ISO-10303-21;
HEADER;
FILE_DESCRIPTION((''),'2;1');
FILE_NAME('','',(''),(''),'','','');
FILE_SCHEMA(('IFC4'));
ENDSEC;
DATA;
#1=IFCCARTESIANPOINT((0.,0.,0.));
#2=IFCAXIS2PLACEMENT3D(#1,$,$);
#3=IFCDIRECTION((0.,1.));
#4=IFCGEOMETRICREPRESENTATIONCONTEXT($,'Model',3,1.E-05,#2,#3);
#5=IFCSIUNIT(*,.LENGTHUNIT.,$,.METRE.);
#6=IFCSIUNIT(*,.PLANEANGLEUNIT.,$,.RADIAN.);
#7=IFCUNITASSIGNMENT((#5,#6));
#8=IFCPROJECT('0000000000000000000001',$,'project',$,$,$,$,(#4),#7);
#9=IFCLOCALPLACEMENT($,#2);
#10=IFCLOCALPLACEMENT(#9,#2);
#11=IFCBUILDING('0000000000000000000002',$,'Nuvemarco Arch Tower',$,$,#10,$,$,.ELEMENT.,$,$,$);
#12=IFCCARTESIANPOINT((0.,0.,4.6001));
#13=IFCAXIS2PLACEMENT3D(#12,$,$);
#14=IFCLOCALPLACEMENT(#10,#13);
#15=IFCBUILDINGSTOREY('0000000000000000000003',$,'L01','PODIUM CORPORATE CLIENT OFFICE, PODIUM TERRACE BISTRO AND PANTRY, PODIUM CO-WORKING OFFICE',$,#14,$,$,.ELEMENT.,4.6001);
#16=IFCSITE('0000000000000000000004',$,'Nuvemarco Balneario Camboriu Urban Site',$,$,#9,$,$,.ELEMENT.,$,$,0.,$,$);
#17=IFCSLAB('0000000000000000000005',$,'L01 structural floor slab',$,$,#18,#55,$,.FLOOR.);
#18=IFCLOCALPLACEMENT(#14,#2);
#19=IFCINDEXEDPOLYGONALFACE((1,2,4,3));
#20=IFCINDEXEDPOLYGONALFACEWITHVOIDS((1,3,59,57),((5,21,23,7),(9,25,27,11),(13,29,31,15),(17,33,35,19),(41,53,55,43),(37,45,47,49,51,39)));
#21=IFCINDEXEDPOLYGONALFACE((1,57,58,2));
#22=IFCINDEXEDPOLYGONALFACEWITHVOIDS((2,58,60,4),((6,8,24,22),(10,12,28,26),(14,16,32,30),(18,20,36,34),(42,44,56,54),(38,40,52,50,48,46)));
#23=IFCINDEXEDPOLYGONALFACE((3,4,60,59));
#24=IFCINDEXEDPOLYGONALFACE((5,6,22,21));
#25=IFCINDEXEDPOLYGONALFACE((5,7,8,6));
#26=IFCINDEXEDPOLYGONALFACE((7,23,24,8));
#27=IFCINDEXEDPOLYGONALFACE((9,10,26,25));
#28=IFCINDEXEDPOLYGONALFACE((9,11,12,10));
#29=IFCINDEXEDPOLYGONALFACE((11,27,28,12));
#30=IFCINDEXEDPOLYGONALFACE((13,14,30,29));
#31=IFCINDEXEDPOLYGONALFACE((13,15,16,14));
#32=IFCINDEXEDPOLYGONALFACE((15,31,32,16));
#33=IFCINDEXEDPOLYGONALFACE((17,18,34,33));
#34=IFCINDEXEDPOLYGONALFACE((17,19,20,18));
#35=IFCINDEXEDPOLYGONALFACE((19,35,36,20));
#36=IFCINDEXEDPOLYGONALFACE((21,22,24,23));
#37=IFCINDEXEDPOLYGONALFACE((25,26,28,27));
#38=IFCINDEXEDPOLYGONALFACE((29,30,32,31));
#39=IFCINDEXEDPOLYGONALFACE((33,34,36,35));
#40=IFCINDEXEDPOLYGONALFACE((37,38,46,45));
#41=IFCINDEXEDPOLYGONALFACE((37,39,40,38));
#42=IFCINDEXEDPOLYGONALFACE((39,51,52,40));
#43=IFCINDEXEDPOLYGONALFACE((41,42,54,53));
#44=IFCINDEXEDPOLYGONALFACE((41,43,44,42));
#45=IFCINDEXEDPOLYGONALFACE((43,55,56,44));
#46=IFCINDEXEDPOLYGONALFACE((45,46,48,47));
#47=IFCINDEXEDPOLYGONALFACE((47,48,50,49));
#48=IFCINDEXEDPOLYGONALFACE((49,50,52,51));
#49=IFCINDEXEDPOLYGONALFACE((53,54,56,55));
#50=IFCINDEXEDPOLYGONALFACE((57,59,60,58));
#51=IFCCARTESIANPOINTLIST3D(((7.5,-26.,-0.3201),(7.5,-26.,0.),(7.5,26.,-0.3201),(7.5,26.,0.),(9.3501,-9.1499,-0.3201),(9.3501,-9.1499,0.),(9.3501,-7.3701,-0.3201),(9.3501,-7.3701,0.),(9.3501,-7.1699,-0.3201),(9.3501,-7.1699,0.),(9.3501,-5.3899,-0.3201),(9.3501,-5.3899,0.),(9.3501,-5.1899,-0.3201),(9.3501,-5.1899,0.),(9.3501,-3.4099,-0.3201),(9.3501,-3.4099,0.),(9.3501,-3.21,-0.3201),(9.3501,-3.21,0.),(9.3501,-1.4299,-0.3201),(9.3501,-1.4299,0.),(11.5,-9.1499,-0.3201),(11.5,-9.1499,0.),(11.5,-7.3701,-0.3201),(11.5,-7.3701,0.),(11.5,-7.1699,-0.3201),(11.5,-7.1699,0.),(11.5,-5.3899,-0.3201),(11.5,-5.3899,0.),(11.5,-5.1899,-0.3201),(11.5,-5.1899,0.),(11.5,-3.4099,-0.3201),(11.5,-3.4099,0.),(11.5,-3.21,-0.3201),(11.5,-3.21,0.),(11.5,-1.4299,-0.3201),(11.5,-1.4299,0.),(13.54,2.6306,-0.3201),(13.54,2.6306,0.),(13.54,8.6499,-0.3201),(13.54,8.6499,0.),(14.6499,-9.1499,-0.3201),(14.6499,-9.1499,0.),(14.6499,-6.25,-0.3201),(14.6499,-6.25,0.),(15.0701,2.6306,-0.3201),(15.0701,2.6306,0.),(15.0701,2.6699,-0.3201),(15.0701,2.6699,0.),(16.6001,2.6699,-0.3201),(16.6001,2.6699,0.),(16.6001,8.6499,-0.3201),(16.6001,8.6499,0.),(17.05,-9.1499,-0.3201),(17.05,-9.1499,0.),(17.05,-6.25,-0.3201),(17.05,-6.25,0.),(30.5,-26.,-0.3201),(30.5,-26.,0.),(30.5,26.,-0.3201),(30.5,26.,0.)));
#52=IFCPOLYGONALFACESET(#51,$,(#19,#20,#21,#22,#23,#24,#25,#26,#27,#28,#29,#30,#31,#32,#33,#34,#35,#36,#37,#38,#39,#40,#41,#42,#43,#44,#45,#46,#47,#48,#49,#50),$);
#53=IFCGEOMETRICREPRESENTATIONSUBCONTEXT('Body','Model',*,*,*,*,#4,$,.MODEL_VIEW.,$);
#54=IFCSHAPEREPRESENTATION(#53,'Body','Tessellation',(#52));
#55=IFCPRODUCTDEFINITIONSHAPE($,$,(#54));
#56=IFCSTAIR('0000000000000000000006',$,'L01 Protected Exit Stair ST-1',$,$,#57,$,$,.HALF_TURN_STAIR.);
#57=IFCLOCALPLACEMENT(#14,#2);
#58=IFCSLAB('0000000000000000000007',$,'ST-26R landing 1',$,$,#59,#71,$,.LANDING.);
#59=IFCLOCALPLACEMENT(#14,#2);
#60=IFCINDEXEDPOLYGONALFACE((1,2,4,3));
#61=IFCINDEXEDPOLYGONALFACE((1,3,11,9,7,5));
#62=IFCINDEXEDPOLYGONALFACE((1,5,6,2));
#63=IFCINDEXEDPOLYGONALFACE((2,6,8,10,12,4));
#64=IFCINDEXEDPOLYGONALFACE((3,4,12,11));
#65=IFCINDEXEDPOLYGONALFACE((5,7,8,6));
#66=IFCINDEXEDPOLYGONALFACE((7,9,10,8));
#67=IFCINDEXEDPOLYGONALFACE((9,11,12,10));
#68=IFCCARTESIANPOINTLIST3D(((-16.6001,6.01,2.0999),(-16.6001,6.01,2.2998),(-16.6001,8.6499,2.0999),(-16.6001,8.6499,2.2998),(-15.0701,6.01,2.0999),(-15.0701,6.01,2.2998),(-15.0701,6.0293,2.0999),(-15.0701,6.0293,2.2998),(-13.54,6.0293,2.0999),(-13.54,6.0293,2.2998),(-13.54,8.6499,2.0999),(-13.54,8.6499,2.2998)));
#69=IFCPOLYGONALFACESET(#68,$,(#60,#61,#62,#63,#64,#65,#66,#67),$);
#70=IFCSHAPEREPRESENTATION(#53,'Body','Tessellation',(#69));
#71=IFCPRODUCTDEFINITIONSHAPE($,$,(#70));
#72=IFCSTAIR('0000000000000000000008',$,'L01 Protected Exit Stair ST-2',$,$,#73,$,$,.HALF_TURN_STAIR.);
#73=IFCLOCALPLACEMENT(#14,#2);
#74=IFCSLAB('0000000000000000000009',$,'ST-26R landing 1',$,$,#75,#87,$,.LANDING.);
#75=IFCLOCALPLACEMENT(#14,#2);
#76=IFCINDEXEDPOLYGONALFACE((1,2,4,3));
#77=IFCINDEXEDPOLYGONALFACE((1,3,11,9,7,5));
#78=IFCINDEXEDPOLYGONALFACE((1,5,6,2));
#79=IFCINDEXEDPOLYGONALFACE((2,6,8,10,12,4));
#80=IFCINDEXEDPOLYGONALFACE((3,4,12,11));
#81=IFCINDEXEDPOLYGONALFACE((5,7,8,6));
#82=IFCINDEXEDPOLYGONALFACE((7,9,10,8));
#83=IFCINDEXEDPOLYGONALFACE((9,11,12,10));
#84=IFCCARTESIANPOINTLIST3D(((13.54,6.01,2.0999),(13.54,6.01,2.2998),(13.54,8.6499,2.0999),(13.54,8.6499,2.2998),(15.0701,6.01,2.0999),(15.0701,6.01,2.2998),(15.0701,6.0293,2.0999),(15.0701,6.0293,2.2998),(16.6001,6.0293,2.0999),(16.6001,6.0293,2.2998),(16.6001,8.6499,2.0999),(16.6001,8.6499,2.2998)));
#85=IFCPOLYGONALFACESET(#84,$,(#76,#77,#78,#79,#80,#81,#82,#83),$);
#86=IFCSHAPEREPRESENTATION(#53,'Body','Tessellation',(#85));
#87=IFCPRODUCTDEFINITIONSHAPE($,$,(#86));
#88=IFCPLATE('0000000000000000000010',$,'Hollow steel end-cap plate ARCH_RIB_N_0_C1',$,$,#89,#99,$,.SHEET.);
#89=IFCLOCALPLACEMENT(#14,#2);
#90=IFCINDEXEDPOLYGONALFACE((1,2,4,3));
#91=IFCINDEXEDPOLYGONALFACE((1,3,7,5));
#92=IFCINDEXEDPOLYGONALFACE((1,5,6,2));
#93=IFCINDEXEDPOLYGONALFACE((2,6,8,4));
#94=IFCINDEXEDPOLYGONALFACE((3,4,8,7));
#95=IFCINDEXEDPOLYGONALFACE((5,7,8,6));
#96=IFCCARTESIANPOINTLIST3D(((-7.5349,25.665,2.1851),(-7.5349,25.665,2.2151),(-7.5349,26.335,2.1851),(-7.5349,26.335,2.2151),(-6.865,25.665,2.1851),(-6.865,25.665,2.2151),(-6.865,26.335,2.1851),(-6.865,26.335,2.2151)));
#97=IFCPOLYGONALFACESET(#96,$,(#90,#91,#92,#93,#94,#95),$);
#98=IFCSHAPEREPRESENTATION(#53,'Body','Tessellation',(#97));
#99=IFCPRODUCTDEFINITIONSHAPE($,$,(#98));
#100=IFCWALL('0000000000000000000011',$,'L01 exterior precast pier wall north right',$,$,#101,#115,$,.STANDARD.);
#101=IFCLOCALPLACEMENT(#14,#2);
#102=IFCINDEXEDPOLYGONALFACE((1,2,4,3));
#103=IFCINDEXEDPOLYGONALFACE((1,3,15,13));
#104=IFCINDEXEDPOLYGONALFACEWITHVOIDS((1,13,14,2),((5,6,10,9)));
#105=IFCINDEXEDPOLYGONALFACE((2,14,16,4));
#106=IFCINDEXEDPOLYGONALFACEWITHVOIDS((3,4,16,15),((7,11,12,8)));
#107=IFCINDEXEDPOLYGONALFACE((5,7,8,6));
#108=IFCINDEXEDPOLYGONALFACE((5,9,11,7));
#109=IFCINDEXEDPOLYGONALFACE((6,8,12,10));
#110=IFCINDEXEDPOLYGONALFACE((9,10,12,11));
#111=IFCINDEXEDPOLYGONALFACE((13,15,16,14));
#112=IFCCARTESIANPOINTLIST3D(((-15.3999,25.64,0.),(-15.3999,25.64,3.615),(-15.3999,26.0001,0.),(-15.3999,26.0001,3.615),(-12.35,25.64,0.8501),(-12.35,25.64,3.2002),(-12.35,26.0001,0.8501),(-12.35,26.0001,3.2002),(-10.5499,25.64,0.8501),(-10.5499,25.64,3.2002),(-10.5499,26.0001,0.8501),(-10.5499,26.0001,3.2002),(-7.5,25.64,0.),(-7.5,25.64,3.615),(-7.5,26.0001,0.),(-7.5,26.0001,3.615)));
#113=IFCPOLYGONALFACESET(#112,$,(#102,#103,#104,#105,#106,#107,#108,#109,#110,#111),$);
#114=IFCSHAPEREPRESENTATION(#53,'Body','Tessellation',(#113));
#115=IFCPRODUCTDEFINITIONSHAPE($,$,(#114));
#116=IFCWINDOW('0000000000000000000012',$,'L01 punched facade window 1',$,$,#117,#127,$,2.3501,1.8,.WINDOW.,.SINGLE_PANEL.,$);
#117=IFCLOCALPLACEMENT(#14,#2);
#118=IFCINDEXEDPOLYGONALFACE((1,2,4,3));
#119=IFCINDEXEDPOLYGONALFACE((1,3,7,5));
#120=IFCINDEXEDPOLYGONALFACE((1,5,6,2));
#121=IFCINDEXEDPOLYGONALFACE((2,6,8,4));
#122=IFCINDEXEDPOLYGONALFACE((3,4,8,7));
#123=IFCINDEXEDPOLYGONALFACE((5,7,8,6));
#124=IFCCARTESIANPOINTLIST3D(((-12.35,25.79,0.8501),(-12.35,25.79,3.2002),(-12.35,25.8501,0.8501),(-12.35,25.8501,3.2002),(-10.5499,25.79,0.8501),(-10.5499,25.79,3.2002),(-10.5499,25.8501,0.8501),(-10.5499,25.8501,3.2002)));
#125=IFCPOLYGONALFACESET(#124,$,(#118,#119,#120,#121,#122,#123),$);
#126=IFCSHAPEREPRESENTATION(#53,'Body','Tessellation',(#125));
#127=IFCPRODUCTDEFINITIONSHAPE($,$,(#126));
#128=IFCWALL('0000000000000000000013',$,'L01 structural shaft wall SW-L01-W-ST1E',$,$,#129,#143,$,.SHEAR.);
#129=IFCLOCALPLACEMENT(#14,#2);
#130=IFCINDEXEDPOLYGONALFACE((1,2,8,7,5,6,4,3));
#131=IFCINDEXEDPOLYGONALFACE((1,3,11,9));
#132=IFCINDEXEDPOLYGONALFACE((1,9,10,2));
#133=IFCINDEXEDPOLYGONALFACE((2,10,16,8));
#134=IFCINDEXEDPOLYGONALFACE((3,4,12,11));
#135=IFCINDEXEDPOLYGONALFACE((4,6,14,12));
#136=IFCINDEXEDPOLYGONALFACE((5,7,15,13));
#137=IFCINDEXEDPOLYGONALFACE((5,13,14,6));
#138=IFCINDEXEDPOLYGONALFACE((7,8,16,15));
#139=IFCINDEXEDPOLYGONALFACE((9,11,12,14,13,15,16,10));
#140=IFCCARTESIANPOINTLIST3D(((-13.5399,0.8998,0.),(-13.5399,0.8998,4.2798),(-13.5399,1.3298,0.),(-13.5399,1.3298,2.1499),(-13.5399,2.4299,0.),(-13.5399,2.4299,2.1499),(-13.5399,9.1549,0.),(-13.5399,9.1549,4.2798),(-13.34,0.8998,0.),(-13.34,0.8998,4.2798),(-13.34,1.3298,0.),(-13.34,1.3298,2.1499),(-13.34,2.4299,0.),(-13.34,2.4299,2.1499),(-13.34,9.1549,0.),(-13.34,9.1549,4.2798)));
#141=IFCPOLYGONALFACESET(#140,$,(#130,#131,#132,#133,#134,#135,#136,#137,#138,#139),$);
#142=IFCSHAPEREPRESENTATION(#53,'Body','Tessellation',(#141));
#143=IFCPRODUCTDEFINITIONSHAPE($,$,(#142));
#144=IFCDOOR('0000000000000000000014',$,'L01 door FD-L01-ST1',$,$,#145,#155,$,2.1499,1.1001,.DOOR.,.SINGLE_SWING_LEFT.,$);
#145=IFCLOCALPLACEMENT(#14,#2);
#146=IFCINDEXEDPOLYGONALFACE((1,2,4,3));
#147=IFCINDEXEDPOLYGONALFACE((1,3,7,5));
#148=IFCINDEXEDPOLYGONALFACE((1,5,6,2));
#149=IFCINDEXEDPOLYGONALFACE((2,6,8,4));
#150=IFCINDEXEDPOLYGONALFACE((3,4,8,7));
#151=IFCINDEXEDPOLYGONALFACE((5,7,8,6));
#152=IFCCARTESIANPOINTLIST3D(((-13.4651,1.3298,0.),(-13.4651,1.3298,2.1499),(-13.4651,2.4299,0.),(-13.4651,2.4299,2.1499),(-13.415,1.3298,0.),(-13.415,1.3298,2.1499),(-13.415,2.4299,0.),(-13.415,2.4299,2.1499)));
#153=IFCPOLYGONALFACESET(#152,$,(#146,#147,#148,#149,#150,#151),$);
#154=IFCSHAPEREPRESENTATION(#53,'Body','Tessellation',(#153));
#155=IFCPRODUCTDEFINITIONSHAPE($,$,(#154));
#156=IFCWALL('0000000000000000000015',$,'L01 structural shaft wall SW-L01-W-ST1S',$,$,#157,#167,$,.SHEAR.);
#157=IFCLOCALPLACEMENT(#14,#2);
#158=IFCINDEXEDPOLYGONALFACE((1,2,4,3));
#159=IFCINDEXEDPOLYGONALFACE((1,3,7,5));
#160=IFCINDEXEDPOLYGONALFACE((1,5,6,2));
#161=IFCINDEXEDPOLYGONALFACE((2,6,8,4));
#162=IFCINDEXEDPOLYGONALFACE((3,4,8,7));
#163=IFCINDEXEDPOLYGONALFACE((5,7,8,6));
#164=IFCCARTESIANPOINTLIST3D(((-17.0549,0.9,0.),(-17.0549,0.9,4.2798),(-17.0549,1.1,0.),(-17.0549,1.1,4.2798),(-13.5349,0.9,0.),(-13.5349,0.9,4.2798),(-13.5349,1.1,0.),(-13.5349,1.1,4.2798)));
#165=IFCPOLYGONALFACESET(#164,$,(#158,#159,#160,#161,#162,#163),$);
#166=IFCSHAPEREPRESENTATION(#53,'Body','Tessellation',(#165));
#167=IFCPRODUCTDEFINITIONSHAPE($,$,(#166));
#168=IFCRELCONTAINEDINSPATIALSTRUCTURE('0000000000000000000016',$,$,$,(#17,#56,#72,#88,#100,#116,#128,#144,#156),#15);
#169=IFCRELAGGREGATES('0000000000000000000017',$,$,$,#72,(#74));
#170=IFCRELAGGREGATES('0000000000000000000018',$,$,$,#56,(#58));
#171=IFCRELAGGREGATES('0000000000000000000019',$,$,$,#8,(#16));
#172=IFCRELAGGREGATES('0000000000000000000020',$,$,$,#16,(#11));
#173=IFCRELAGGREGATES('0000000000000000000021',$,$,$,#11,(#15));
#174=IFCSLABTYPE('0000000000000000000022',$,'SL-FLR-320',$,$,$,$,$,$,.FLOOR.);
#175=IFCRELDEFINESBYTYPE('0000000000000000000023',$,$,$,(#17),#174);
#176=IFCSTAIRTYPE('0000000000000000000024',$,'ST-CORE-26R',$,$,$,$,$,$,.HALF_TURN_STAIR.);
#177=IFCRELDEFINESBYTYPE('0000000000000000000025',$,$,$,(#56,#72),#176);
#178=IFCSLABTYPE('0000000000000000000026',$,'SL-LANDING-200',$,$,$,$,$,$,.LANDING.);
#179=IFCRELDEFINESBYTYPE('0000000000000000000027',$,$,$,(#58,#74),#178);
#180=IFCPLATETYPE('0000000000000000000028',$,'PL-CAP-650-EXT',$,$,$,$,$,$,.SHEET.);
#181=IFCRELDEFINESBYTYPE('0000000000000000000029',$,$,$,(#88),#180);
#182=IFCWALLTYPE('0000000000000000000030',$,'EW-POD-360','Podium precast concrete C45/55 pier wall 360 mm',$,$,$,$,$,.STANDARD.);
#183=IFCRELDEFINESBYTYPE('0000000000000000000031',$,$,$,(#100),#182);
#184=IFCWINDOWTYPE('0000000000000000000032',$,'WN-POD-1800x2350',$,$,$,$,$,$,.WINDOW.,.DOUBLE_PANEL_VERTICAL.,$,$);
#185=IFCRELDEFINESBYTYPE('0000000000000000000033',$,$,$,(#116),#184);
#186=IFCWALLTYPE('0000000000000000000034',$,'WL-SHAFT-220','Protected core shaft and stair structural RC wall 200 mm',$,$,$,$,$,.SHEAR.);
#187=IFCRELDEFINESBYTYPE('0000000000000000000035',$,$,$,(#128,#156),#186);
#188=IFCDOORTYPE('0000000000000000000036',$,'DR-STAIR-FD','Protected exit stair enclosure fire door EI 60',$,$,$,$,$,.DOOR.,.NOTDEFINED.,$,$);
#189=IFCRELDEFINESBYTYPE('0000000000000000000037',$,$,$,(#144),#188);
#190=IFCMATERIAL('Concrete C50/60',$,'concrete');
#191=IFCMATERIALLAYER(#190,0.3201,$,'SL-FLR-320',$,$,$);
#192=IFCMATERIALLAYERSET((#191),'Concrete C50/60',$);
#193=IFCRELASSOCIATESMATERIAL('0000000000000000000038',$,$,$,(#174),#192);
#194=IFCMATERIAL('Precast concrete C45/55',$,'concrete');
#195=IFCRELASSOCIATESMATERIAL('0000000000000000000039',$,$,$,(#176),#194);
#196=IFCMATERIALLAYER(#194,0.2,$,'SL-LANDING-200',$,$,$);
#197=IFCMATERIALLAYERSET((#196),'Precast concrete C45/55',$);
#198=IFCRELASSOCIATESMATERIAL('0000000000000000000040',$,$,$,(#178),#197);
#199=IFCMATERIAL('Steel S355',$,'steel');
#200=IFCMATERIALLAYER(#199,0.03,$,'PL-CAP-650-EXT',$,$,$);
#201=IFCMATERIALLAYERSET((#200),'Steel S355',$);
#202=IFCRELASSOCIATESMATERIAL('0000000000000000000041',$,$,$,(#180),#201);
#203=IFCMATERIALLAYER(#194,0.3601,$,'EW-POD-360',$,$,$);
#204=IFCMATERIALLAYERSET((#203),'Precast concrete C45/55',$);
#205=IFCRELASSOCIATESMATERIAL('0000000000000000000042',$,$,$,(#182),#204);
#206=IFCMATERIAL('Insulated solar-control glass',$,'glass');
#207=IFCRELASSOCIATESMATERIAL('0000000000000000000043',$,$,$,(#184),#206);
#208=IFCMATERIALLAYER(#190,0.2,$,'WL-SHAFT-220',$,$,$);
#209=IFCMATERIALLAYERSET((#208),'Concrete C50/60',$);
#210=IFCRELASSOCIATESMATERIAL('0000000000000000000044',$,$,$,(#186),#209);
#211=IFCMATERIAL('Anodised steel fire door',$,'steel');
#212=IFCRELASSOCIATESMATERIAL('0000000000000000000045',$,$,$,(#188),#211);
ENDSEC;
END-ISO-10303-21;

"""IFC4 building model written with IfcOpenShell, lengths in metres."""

from ifc_helpers import new_model, si_unit, direction, frame, frame_2d, origin, origin_2d, place, context, subcontext, project, spatial, polyline, rectangle, outline, extrude, source, transform, mapped, material, layer, layer_set, type_object, type_shapes, element, fill, aggregate, save


model = new_model("IFC4")

# Units and contexts
model_context = context("Model", 3, precision=1e-05, world=origin(), true_north=direction((0.0, 1.0)))
body_context = subcontext(model_context, "Body", "Model", "MODEL_VIEW")
ifc_project = project(units=[si_unit("LENGTHUNIT", "METRE"), si_unit("PLANEANGLEUNIT", "RADIAN")], contexts=[model_context])

# Site, building, storey
site_placement = place(None, origin())
site = spatial("IfcSite", under=ifc_project, at=site_placement, Name="Nuvemarco Balneario Camboriu Urban Site", CompositionType="ELEMENT", RefElevation=0.0)
building_placement = place(site_placement, origin())
building = spatial("IfcBuilding", under=site, at=building_placement, Name="Nuvemarco Arch Tower", CompositionType="ELEMENT")
storey_placement = place(building_placement, frame((0.0, 0.0, 4.6001)))
storey = spatial("IfcBuildingStorey", under=building, at=storey_placement, Name="L01", Description="PODIUM CORPORATE CLIENT OFFICE, PODIUM TERRACE BISTRO AND PANTRY, PODIUM CO-WORKING OFFICE", CompositionType="ELEMENT", Elevation=4.6001)

# Shared definitions
ifc_material_1 = material(Name="Steel S355", Category="steel")

# Slab
ifc_material_2 = material(Name="Concrete C50/60", Category="concrete")
ifc_layer_1 = layer(ifc_material_2, 0.3201, Name="SL-FLR-320")
ifc_layer_set_1 = layer_set([ifc_layer_1], Name="Concrete C50/60")
slab_type_1 = type_object("IfcSlabType", Name="SL-FLR-320", PredefinedType="FLOOR", material=ifc_layer_set_1)
slab_1_placement = place(storey_placement, frame((0.0, 0.0, -0.3201)))
element("IfcSlab", 1, at=slab_1_placement, inside=storey, type_object=slab_type_1, Name="L01 structural floor slab", PredefinedType="FLOOR", context=body_context, shape_type="SweptSolid", body=[
    extrude(outline(polyline([(7.5, -26.0), (30.5, -26.0), (30.5, 26.0), (7.5, 26.0), (7.5, -26.0)]), holes=[polyline([(16.6001, 2.6699), (16.6001, 8.6499), (13.54, 8.6499), (13.54, 2.6306), (15.0701, 2.6306), (15.0701, 2.6699), (16.6001, 2.6699)]), polyline([(14.6499, -9.1499), (17.05, -9.1499), (17.05, -6.25), (14.6499, -6.25), (14.6499, -9.1499)]), polyline([(9.3501, -9.1499), (11.5, -9.1499), (11.5, -7.3701), (9.3501, -7.3701), (9.3501, -9.1499)]), polyline([(9.3501, -7.1699), (11.5, -7.1699), (11.5, -5.3899), (9.3501, -5.3899), (9.3501, -7.1699)]), polyline([(9.3501, -5.1899), (11.5, -5.1899), (11.5, -3.4099), (9.3501, -3.4099), (9.3501, -5.1899)]), polyline([(9.3501, -3.21), (11.5, -3.21), (11.5, -1.4299), (9.3501, -1.4299), (9.3501, -3.21)])]), origin(), (0.0, 0.0, 1.0), 0.3201),
])

# Stairs, slabs
ifc_material_3 = material(Name="Precast concrete C45/55", Category="concrete")
stair_type = type_object("IfcStairType", Name="ST-CORE-26R", PredefinedType="HALF_TURN_STAIR", material=ifc_material_3)
stair_1_placement = place(storey_placement, origin())
stair_1 = element("IfcStair", 2, at=stair_1_placement, inside=storey, type_object=stair_type, Name="L01 Protected Exit Stair ST-1", PredefinedType="HALF_TURN_STAIR")
ifc_layer_2 = layer(ifc_material_3, 0.2, Name="SL-LANDING-200")
ifc_layer_set_2 = layer_set([ifc_layer_2], Name="Precast concrete C45/55")
slab_type_2 = type_object("IfcSlabType", Name="SL-LANDING-200", PredefinedType="LANDING", material=ifc_layer_set_2)
slab_2_placement = place(storey_placement, frame((0.0, 0.0, 2.0999)))
slab_2 = element("IfcSlab", 3, at=slab_2_placement, type_object=slab_type_2, Name="ST-26R landing 1", PredefinedType="LANDING", context=body_context, shape_type="SweptSolid", body=[
    extrude(outline(polyline([(-13.54, 6.0293), (-13.54, 8.6499), (-16.6001, 8.6499), (-16.6001, 6.01), (-15.0701, 6.01), (-15.0701, 6.0293), (-13.54, 6.0293)])), origin(), (0.0, 0.0, 1.0), 0.2),
])
stair_2_placement = place(storey_placement, origin())
stair_2 = element("IfcStair", 4, at=stair_2_placement, inside=storey, type_object=stair_type, Name="L01 Protected Exit Stair ST-2", PredefinedType="HALF_TURN_STAIR")
slab_3_placement = place(storey_placement, frame((0.0, 0.0, 2.0999)))
slab_3 = element("IfcSlab", 5, at=slab_3_placement, type_object=slab_type_2, Name="ST-26R landing 1", PredefinedType="LANDING", context=body_context, shape_type="SweptSolid", body=[
    extrude(outline(polyline([(16.6001, 6.0293), (16.6001, 8.6499), (13.54, 8.6499), (13.54, 6.01), (15.0701, 6.01), (15.0701, 6.0293), (16.6001, 6.0293)])), origin(), (0.0, 0.0, 1.0), 0.2),
])
aggregate(stair_2, [slab_3])

# Plate
ifc_layer_3 = layer(ifc_material_1, 0.03, Name="PL-CAP-650-EXT")
ifc_layer_set_3 = layer_set([ifc_layer_3], Name="Steel S355")
plate_type = type_object("IfcPlateType", Name="PL-CAP-650-EXT", PredefinedType="SHEET", material=ifc_layer_set_3)
shared_shape_1 = source(origin(), body_context, "Body", "SweptSolid", [
    extrude(rectangle(XDim=0.6699, YDim=0.6699, at=origin_2d()), origin(), (0.0, 0.0, 1.0), 0.03),
])
type_shapes(plate_type, [shared_shape_1])
plate_placement = place(storey_placement, frame((-7.2, 26.0, 2.1851), z_axis=(0.0, 0.0, 1.0), x_axis=(1.0, 0.0, 0.0)))
element("IfcPlate", 6, at=plate_placement, inside=storey, type_object=plate_type, Name="Hollow steel end-cap plate ARCH_RIB_N_0_C1", PredefinedType="SHEET", context=body_context, shape_type="MappedRepresentation", body=[
    mapped(shared_shape_1, transform((0.0, 0.0, 0.0), scale=1.0)),
])

# Wall, opening, window
ifc_layer_4 = layer(ifc_material_3, 0.3601, Name="EW-POD-360")
ifc_layer_set_4 = layer_set([ifc_layer_4], Name="Precast concrete C45/55")
wall_type_1 = type_object("IfcWallType", Name="EW-POD-360", Description="Podium precast concrete C45/55 pier wall 360 mm", PredefinedType="STANDARD", material=ifc_layer_set_4)
wall_1_placement = place(storey_placement, frame((-15.3999, 25.8201, 0.0), z_axis=(0.0, 0.0, 1.0), x_axis=(1.0, 0.0, 0.0)))
wall_1 = element("IfcWall", 7, at=wall_1_placement, inside=storey, type_object=wall_type_1, Name="L01 exterior precast pier wall north right", PredefinedType="STANDARD", context=body_context, shape_type="SweptSolid", body=[
    extrude(rectangle(XDim=7.8999, YDim=0.3601, at=frame_2d((3.95, 0.0))), origin(), (0.0, 0.0, 1.0), 3.615),
])
opening_1_placement = place(wall_1_placement, frame((3.05, 0.0, 0.8501)))
opening_1 = element("IfcOpeningElement", 8, at=opening_1_placement, cuts=wall_1, PredefinedType="OPENING", context=body_context, shape_type="SweptSolid", body=[
    extrude(rectangle(XDim=1.8, YDim=2.3501, at=frame_2d((0.8999, 1.175))), frame((0.0, 0.1899, 0.0), z_axis=(0.0, -1.0, 0.0), x_axis=(1.0, 0.0, 0.0)), (0.0, 0.0, 1.0), 0.3801),
])
ifc_material_4 = material(Name="Insulated solar-control glass", Category="glass")
window_type = type_object("IfcWindowType", Name="WN-POD-1800x2350", PartitioningType="DOUBLE_PANEL_VERTICAL", PredefinedType="WINDOW", material=ifc_material_4)
shared_shape_2 = source(origin(), body_context, "Body", "SweptSolid", [
    extrude(rectangle(XDim=1.8, YDim=2.3501, at=frame_2d((0.8999, 1.175))), frame((0.0, 0.03, 0.0), z_axis=(0.0, -1.0, 0.0), x_axis=(1.0, 0.0, 0.0)), (0.0, 0.0, 1.0), 0.0601),
])
type_shapes(window_type, [shared_shape_2])
window_placement = place(opening_1_placement, origin())
window = element("IfcWindow", 9, at=window_placement, inside=storey, type_object=window_type, Name="L01 punched facade window 1", OverallHeight=2.3501, OverallWidth=1.8, PartitioningType="SINGLE_PANEL", PredefinedType="WINDOW", context=body_context, shape_type="MappedRepresentation", body=[
    mapped(shared_shape_2, transform((0.0, 0.0, 0.0), scale=1.0)),
])
fill(opening_1, window)

# Wall, opening, door
ifc_layer_5 = layer(ifc_material_2, 0.2, Name="WL-SHAFT-220")
ifc_layer_set_5 = layer_set([ifc_layer_5], Name="Concrete C50/60")
wall_type_2 = type_object("IfcWallType", Name="WL-SHAFT-220", Description="Protected core shaft and stair structural RC wall 200 mm", PredefinedType="SHEAR", material=ifc_layer_set_5)
wall_2_placement = place(storey_placement, frame((-13.4399, 0.8999, 0.0), z_axis=(0.0, 0.0, 1.0), x_axis=(0.0, 1.0, 0.0)))
wall_2 = element("IfcWall", 10, at=wall_2_placement, inside=storey, type_object=wall_type_2, Name="L01 structural shaft wall SW-L01-W-ST1E", PredefinedType="SHEAR", context=body_context, shape_type="SweptSolid", body=[
    extrude(rectangle(XDim=8.2551, YDim=0.2, at=frame_2d((4.1274, 0.0))), origin(), (0.0, 0.0, 1.0), 4.2798),
])
opening_2_placement = place(wall_2_placement, frame((1.53, 0.0, 0.0), z_axis=(0.0, 0.0, 1.0), x_axis=(-1.0, 0.0, 0.0)))
opening_2 = element("IfcOpeningElement", 11, at=opening_2_placement, cuts=wall_2, PredefinedType="OPENING", context=body_context, shape_type="SweptSolid", body=[
    extrude(rectangle(XDim=1.1001, YDim=2.1499, at=frame_2d((0.55, 1.075))), frame((0.0, 0.1099, 0.0), z_axis=(0.0, -1.0, 0.0), x_axis=(1.0, 0.0, 0.0)), (0.0, 0.0, 1.0), 0.22),
])
ifc_material_5 = material(Name="Anodised steel fire door", Category="steel")
door_type = type_object("IfcDoorType", Name="DR-STAIR-FD", Description="Protected exit stair enclosure fire door EI 60", OperationType="NOTDEFINED", PredefinedType="DOOR", material=ifc_material_5)
shared_shape_3 = source(origin(), body_context, "Body", "SweptSolid", [
    extrude(rectangle(XDim=1.1001, YDim=2.1499, at=frame_2d((0.55, 1.075))), frame((0.0, 0.0249, 0.0), z_axis=(0.0, -1.0, 0.0), x_axis=(1.0, 0.0, 0.0)), (0.0, 0.0, 1.0), 0.05),
])
type_shapes(door_type, [shared_shape_3])
door_placement = place(opening_2_placement, origin())
door = element("IfcDoor", 12, at=door_placement, inside=storey, type_object=door_type, Name="L01 door FD-L01-ST1", OperationType="SINGLE_SWING_LEFT", OverallHeight=2.1499, OverallWidth=1.1001, PredefinedType="DOOR", context=body_context, shape_type="MappedRepresentation", body=[
    mapped(shared_shape_3, transform((0.0, 0.0, 0.0), scale=1.0)),
])
fill(opening_2, door)

# Wall
for number, where, z_axis, x_axis, name in (
    (13, (-17.0549, 1.0, 0.0), (0.0, 0.0, 1.0), (1.0, 0.0, 0.0), "L01 structural shaft wall SW-L01-W-ST1S"),
):
    element("IfcWall", number, at=place(storey_placement, frame(where, z_axis=z_axis, x_axis=x_axis)), inside=storey, type_object=wall_type_2, Name=name, PredefinedType="SHEAR", context=body_context, shape_type="SweptSolid", body=[
        extrude(rectangle(XDim=3.52, YDim=0.2, at=frame_2d((1.76, 0.0))), origin(), (0.0, 0.0, 1.0), 4.2798),
    ])

aggregate(stair_1, [slab_2])

save(model, "model.ifc")
